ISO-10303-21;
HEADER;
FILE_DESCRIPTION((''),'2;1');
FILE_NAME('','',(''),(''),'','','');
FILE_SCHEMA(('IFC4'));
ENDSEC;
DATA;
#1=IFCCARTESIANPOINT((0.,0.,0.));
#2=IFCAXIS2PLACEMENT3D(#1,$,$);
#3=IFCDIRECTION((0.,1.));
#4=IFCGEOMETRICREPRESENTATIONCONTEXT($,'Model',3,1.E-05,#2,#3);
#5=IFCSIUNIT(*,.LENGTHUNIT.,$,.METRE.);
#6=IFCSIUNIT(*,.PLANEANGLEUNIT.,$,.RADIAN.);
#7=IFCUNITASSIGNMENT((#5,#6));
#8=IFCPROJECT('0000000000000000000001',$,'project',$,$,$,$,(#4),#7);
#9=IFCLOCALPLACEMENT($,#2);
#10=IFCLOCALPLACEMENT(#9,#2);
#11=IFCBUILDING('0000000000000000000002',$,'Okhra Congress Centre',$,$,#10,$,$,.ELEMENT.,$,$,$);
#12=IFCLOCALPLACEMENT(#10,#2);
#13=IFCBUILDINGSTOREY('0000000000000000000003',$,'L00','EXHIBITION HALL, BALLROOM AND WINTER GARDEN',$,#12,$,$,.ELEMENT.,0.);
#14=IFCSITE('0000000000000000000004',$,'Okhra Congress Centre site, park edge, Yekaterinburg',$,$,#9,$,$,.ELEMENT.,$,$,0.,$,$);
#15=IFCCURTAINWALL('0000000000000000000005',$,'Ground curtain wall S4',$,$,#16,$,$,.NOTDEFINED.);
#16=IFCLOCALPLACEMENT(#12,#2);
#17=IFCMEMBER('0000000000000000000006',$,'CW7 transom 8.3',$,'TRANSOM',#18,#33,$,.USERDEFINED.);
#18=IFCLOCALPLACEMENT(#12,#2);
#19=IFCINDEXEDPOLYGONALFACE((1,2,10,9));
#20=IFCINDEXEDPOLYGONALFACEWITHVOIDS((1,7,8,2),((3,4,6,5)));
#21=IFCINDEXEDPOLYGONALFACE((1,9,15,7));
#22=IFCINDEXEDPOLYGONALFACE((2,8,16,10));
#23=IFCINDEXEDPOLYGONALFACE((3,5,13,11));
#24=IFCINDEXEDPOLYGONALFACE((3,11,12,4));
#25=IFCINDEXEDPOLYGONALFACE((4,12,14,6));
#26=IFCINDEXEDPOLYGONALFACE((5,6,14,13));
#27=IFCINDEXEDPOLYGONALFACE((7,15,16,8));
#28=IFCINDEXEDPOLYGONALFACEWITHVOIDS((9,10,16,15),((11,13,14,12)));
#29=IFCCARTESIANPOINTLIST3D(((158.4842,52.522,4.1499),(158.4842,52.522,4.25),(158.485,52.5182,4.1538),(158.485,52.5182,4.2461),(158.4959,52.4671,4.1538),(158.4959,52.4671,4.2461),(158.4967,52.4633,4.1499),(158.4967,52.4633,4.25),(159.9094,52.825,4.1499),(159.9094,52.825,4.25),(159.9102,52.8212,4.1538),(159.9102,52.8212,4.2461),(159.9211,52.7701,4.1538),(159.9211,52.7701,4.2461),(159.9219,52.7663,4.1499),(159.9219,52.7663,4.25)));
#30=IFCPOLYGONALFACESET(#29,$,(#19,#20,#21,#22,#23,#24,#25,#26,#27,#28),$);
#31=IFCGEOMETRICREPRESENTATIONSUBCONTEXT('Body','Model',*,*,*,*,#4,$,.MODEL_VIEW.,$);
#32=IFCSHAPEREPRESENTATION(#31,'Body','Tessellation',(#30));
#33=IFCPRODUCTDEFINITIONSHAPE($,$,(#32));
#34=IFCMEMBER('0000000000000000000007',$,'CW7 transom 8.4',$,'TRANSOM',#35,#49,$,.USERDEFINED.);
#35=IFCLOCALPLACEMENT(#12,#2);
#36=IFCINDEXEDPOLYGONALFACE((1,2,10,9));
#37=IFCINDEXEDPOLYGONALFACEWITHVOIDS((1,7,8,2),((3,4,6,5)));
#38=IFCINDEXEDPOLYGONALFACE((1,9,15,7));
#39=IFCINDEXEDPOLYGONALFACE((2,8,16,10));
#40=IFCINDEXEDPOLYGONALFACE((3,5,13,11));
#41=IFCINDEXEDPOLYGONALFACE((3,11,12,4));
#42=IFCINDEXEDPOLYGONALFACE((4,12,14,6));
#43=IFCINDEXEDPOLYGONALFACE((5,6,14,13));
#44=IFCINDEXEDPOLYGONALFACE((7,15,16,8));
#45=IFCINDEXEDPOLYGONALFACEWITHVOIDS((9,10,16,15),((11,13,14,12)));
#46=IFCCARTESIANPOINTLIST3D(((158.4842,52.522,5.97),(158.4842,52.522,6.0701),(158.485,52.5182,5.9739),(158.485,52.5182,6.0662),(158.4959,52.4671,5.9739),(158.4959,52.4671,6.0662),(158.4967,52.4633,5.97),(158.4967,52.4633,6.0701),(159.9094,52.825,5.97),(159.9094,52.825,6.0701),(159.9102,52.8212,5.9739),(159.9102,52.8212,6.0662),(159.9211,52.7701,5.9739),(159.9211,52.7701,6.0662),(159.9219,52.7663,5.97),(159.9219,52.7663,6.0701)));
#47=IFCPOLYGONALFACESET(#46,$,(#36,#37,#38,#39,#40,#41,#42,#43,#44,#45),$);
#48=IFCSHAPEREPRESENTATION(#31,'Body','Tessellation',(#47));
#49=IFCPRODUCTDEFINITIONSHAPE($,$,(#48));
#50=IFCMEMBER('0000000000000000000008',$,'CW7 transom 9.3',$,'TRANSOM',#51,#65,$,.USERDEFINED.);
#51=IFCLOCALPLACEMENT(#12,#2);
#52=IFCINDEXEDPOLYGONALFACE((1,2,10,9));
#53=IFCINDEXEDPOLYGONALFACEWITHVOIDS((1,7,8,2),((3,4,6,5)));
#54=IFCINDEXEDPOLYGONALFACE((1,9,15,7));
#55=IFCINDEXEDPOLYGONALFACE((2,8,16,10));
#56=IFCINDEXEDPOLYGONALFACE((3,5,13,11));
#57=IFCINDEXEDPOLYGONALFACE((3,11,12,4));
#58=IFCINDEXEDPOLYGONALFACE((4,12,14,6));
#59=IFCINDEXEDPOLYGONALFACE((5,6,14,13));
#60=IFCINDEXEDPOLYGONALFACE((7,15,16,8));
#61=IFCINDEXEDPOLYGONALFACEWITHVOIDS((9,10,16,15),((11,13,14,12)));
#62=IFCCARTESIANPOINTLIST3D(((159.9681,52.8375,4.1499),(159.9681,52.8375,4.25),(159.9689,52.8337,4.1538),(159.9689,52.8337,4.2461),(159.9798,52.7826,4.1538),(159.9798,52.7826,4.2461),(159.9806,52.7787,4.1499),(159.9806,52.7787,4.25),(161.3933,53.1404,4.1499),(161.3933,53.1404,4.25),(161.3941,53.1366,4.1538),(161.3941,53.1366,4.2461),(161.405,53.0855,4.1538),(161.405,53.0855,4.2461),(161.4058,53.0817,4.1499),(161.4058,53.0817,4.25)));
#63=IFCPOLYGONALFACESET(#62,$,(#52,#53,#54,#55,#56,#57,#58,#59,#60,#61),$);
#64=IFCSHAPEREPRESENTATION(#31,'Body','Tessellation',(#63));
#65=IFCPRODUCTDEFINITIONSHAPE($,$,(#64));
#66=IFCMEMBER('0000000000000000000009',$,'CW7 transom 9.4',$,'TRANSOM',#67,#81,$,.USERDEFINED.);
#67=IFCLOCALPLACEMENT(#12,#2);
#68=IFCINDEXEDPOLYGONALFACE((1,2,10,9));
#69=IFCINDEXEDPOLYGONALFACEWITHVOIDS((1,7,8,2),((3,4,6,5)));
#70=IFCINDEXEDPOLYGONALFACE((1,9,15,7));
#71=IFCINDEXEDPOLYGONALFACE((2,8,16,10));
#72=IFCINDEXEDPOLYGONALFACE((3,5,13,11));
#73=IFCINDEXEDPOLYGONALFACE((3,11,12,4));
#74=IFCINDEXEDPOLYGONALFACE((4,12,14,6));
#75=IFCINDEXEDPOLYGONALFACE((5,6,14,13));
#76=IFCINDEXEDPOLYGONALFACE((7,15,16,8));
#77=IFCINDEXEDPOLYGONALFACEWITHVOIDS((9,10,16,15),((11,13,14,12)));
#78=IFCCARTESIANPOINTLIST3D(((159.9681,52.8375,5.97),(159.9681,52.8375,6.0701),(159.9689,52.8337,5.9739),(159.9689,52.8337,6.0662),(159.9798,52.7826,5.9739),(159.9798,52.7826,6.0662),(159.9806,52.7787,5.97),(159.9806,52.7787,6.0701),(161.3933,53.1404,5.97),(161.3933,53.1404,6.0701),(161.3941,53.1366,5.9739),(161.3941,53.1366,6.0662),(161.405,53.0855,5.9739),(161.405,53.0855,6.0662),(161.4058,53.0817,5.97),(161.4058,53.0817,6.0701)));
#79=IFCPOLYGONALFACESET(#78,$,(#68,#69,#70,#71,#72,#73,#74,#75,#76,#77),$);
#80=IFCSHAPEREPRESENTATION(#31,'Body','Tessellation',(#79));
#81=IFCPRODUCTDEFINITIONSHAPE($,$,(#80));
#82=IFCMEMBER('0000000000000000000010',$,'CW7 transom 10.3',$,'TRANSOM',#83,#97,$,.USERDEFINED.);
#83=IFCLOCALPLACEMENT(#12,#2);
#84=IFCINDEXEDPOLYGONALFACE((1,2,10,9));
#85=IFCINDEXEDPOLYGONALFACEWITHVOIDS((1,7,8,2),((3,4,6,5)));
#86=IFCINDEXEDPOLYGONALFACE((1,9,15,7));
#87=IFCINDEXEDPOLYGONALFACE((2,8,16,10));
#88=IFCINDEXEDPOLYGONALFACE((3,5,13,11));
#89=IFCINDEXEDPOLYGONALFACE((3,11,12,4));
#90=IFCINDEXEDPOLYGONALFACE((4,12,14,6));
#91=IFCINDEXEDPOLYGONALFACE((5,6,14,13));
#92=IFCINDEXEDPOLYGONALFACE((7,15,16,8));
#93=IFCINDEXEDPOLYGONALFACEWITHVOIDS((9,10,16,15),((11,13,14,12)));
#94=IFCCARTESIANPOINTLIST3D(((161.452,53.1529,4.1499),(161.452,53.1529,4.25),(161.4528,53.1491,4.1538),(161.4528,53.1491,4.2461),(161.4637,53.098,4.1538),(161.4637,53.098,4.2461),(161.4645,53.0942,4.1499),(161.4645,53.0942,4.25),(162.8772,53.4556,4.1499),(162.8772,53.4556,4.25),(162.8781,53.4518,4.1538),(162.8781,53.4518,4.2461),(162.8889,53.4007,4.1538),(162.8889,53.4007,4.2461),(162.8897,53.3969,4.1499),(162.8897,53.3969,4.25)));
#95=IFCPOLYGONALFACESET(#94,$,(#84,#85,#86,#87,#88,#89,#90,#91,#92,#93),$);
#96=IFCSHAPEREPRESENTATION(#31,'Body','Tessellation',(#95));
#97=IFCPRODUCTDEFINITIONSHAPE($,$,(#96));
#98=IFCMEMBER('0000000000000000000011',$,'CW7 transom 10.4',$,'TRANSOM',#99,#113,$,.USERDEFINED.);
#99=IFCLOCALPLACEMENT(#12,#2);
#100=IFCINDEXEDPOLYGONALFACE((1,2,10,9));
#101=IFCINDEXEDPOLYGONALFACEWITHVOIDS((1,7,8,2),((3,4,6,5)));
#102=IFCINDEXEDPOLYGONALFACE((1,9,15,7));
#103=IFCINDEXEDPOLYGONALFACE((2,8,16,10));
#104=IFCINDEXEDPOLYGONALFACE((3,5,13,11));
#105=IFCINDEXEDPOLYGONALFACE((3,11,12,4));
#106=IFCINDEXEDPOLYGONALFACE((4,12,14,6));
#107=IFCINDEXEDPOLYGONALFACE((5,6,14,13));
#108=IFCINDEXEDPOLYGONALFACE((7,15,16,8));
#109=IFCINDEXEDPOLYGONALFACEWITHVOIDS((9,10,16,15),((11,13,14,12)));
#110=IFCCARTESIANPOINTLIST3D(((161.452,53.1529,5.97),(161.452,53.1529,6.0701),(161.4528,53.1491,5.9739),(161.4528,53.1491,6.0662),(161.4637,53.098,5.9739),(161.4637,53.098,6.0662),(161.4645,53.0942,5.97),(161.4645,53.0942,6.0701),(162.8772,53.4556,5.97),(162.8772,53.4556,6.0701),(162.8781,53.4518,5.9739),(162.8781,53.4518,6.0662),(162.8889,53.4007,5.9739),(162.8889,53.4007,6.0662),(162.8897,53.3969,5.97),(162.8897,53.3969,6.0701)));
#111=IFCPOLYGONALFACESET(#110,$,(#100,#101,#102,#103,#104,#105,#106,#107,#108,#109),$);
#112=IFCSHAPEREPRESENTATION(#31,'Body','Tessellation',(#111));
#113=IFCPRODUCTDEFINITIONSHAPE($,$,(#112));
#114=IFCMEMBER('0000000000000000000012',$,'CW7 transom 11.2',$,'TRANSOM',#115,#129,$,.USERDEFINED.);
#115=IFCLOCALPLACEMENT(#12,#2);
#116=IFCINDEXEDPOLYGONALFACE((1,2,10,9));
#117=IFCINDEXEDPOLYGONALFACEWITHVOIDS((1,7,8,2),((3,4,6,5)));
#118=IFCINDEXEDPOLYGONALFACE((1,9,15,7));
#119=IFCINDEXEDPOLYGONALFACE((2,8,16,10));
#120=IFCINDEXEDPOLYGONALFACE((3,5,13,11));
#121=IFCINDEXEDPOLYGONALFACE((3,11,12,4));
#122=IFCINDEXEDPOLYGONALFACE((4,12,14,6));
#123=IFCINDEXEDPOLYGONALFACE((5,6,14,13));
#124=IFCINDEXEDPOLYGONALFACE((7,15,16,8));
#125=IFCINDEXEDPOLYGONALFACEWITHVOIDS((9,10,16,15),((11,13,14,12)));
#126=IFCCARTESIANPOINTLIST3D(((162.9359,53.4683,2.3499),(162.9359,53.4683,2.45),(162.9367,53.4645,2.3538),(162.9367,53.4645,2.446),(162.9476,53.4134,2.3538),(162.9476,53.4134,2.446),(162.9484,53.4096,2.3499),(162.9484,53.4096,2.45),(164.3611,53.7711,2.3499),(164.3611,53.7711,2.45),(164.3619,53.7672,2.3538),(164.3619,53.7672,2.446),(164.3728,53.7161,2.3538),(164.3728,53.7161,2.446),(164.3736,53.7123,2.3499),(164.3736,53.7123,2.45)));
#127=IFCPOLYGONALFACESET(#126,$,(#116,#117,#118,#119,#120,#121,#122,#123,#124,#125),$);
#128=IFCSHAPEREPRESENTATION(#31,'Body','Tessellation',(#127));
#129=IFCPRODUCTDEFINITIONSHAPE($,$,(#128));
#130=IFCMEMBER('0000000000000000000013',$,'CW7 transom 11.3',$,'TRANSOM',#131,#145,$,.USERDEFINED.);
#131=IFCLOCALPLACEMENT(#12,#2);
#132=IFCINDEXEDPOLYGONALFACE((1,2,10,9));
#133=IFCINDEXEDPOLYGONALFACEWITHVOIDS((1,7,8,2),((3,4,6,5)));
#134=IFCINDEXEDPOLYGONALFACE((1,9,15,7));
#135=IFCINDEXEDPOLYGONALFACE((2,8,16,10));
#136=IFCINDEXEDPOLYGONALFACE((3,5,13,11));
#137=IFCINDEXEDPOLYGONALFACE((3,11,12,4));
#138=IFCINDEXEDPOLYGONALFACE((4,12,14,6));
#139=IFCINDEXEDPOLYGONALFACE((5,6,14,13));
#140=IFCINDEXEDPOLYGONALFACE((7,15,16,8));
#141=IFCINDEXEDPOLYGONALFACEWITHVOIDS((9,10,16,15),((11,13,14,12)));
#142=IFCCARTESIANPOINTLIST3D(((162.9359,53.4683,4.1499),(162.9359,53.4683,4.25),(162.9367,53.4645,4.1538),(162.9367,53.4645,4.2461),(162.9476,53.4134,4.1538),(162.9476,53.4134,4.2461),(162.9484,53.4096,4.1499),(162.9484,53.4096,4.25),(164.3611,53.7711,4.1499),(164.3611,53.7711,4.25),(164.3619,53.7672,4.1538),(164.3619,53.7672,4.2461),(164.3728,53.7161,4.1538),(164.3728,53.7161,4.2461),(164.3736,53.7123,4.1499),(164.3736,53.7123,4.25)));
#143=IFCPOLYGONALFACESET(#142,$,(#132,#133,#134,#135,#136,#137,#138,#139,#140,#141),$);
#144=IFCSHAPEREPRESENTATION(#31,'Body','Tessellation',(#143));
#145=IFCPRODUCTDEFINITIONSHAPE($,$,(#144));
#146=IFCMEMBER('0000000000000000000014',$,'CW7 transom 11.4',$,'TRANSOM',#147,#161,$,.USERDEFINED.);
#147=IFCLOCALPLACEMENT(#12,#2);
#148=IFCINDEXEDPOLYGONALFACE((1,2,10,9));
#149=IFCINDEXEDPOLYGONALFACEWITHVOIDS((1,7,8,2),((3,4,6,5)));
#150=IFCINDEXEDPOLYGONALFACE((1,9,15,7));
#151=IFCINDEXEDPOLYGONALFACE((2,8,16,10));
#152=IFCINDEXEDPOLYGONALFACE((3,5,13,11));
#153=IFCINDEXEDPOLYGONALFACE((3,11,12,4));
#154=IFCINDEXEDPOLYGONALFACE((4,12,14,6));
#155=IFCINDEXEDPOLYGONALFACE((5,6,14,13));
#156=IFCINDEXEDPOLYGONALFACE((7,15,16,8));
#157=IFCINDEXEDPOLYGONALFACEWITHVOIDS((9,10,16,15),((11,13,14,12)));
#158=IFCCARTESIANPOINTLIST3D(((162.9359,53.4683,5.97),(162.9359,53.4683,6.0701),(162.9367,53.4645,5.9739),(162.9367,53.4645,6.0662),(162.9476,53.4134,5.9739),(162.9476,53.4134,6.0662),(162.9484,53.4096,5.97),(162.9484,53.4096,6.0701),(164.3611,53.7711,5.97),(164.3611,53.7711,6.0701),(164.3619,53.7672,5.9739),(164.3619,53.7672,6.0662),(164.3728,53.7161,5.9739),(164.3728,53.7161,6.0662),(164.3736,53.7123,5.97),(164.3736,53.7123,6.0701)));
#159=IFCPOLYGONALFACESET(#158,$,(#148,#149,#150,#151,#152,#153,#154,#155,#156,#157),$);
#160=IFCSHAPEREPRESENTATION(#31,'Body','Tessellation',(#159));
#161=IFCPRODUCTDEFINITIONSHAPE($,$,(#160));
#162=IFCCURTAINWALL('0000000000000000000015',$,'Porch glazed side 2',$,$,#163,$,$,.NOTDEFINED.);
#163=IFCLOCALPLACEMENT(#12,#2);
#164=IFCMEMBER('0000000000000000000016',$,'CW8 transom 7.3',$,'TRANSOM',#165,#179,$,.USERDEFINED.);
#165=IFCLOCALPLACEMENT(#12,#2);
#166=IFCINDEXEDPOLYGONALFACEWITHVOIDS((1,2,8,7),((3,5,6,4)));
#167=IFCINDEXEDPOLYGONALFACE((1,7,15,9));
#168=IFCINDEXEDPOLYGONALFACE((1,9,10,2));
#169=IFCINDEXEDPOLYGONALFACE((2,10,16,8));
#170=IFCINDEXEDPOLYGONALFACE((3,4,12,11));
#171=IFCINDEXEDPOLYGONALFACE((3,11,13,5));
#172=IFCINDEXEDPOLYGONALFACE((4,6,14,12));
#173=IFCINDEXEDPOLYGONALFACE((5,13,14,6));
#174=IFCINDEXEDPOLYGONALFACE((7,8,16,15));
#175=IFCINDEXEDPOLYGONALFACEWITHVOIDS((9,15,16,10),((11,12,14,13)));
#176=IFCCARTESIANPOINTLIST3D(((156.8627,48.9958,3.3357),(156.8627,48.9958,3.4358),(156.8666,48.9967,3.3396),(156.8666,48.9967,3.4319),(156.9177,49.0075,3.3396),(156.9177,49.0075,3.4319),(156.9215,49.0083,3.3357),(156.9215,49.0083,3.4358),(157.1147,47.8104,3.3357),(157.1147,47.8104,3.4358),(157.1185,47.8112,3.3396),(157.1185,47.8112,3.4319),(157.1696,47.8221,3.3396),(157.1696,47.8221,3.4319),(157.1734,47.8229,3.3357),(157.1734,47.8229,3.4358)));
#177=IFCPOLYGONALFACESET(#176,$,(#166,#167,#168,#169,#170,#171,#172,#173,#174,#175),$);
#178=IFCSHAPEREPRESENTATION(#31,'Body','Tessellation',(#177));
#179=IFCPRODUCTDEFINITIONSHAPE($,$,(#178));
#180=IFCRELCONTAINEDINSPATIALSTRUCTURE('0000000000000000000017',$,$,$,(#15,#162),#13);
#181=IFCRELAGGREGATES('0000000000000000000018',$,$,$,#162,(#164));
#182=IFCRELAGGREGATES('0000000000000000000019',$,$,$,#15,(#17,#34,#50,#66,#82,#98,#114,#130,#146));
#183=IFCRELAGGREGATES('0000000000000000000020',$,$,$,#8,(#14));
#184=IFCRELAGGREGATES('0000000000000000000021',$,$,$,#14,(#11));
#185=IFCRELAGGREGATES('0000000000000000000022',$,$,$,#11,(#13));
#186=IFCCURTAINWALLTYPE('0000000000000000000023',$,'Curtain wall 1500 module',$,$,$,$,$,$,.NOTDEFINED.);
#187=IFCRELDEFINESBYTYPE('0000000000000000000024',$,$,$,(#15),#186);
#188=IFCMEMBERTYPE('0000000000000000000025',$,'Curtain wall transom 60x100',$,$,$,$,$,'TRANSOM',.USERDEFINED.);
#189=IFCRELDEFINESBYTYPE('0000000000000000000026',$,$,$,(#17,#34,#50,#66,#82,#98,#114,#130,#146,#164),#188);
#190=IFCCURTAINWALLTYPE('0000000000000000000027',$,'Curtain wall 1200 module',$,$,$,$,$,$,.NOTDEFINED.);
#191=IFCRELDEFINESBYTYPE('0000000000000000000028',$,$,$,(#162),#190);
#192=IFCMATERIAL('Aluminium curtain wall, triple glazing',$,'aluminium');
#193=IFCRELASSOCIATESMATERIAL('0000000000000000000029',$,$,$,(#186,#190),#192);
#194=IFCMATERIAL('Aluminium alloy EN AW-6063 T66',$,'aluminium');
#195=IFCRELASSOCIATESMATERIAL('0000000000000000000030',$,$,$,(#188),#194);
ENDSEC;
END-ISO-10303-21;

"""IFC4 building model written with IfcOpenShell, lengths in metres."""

from ifc_helpers import new_model, si_unit, direction, frame, origin, origin_2d, place, context, subcontext, project, spatial, hollow_rectangle, extrude, material, material_profile, profile_set, type_object, element, aggregate, save


model = new_model("IFC4")

# Units and contexts
model_context = context("Model", 3, precision=1e-05, world=origin(), true_north=direction((0.0, 1.0)))
body_context = subcontext(model_context, "Body", "Model", "MODEL_VIEW")
ifc_project = project(units=[si_unit("LENGTHUNIT", "METRE"), si_unit("PLANEANGLEUNIT", "RADIAN")], contexts=[model_context])

# Site, building, storey
site_placement = place(None, origin())
site = spatial("IfcSite", under=ifc_project, at=site_placement, Name="Okhra Congress Centre site, park edge, Yekaterinburg", CompositionType="ELEMENT", RefElevation=0.0)
building_placement = place(site_placement, origin())
building = spatial("IfcBuilding", under=site, at=building_placement, Name="Okhra Congress Centre", CompositionType="ELEMENT")
storey_placement = place(building_placement, origin())
storey = spatial("IfcBuildingStorey", under=building, at=storey_placement, Name="L00", Description="EXHIBITION HALL, BALLROOM AND WINTER GARDEN", CompositionType="ELEMENT", Elevation=0.0)

# Curtain wall, members
ifc_material_1 = material(Name="Aluminium curtain wall, triple glazing", Category="aluminium")
curtain_wall_type_1 = type_object("IfcCurtainWallType", Name="Curtain wall 1500 module", PredefinedType="NOTDEFINED", material=ifc_material_1)
curtain_wall_1_placement = place(storey_placement, origin())
curtain_wall_1 = element("IfcCurtainWall", 1, at=curtain_wall_1_placement, inside=storey, type_object=curtain_wall_type_1, Name="Ground curtain wall S4", PredefinedType="NOTDEFINED")
ifc_material_2 = material(Name="Aluminium alloy EN AW-6063 T66", Category="aluminium")
ifc_material_profile_1 = material_profile(ifc_material_2, hollow_rectangle(XDim=0.0601, YDim=0.1001, WallThickness=0.0039, at=origin_2d()), Name="RHS 60x100x4")
ifc_profile_set_1 = profile_set([ifc_material_profile_1], Name="Aluminium alloy EN AW-6063 T66")
member_type = type_object("IfcMemberType", Name="Curtain wall transom 60x100", ElementType="TRANSOM", PredefinedType="USERDEFINED", material=ifc_profile_set_1)
member_1_placement = place(storey_placement, frame((158.4905, 52.4927, 4.2), z_axis=(0.978144, 0.207927, 0.0), x_axis=(-0.207927, 0.978144, 0.0)))
member_1 = element("IfcMember", 2, at=member_1_placement, type_object=member_type, Name="CW7 transom 8.3", ObjectType="TRANSOM", PredefinedType="USERDEFINED", context=body_context, shape_type="SweptSolid", body=[
    extrude(hollow_rectangle(XDim=0.0601, YDim=0.1001, WallThickness=0.0039, at=origin_2d()), origin(), (0.0, 0.0, 1.0), 1.457),
])
member_2_placement = place(storey_placement, frame((158.4905, 52.4927, 6.02), z_axis=(0.978144, 0.207927, 0.0), x_axis=(-0.207927, 0.978144, 0.0)))
member_2 = element("IfcMember", 3, at=member_2_placement, type_object=member_type, Name="CW7 transom 8.4", ObjectType="TRANSOM", PredefinedType="USERDEFINED", context=body_context, shape_type="SweptSolid", body=[
    extrude(hollow_rectangle(XDim=0.0601, YDim=0.1001, WallThickness=0.0039, at=origin_2d()), origin(), (0.0, 0.0, 1.0), 1.457),
])
member_3_placement = place(storey_placement, frame((159.9744, 52.8081, 4.2), z_axis=(0.978144, 0.207927, 0.0), x_axis=(-0.207927, 0.978144, 0.0)))
member_3 = element("IfcMember", 4, at=member_3_placement, type_object=member_type, Name="CW7 transom 9.3", ObjectType="TRANSOM", PredefinedType="USERDEFINED", context=body_context, shape_type="SweptSolid", body=[
    extrude(hollow_rectangle(XDim=0.0601, YDim=0.1001, WallThickness=0.0039, at=origin_2d()), origin(), (0.0, 0.0, 1.0), 1.457),
])
member_4_placement = place(storey_placement, frame((159.9744, 52.8081, 6.02), z_axis=(0.978144, 0.207927, 0.0), x_axis=(-0.207927, 0.978144, 0.0)))
member_4 = element("IfcMember", 5, at=member_4_placement, type_object=member_type, Name="CW7 transom 9.4", ObjectType="TRANSOM", PredefinedType="USERDEFINED", context=body_context, shape_type="SweptSolid", body=[
    extrude(hollow_rectangle(XDim=0.0601, YDim=0.1001, WallThickness=0.0039, at=origin_2d()), origin(), (0.0, 0.0, 1.0), 1.457),
])
member_5_placement = place(storey_placement, frame((161.4583, 53.1235, 4.2), z_axis=(0.978178, 0.207767, 0.0), x_axis=(-0.207767, 0.978178, 0.0)))
member_5 = element("IfcMember", 6, at=member_5_placement, type_object=member_type, Name="CW7 transom 10.3", ObjectType="TRANSOM", PredefinedType="USERDEFINED", context=body_context, shape_type="SweptSolid", body=[
    extrude(hollow_rectangle(XDim=0.0601, YDim=0.1001, WallThickness=0.0039, at=origin_2d()), origin(), (0.0, 0.0, 1.0), 1.457),
])
member_6_placement = place(storey_placement, frame((161.4583, 53.1235, 6.02), z_axis=(0.978178, 0.207767, 0.0), x_axis=(-0.207767, 0.978178, 0.0)))
member_6 = element("IfcMember", 7, at=member_6_placement, type_object=member_type, Name="CW7 transom 10.4", ObjectType="TRANSOM", PredefinedType="USERDEFINED", context=body_context, shape_type="SweptSolid", body=[
    extrude(hollow_rectangle(XDim=0.0601, YDim=0.1001, WallThickness=0.0039, at=origin_2d()), origin(), (0.0, 0.0, 1.0), 1.457),
])
member_7_placement = place(storey_placement, frame((162.9421, 53.439, 2.3999), z_axis=(0.978178, 0.207767, 0.0), x_axis=(-0.207767, 0.978178, 0.0)))
member_7 = element("IfcMember", 8, at=member_7_placement, type_object=member_type, Name="CW7 transom 11.2", ObjectType="TRANSOM", PredefinedType="USERDEFINED", context=body_context, shape_type="SweptSolid", body=[
    extrude(hollow_rectangle(XDim=0.0601, YDim=0.1001, WallThickness=0.0039, at=origin_2d()), origin(), (0.0, 0.0, 1.0), 1.457),
])
member_8_placement = place(storey_placement, frame((162.9421, 53.439, 4.2), z_axis=(0.978178, 0.207767, 0.0), x_axis=(-0.207767, 0.978178, 0.0)))
member_8 = element("IfcMember", 9, at=member_8_placement, type_object=member_type, Name="CW7 transom 11.3", ObjectType="TRANSOM", PredefinedType="USERDEFINED", context=body_context, shape_type="SweptSolid", body=[
    extrude(hollow_rectangle(XDim=0.0601, YDim=0.1001, WallThickness=0.0039, at=origin_2d()), origin(), (0.0, 0.0, 1.0), 1.457),
])
member_9_placement = place(storey_placement, frame((162.9421, 53.439, 6.02), z_axis=(0.978178, 0.207767, 0.0), x_axis=(-0.207767, 0.978178, 0.0)))
member_9 = element("IfcMember", 10, at=member_9_placement, type_object=member_type, Name="CW7 transom 11.4", ObjectType="TRANSOM", PredefinedType="USERDEFINED", context=body_context, shape_type="SweptSolid", body=[
    extrude(hollow_rectangle(XDim=0.0601, YDim=0.1001, WallThickness=0.0039, at=origin_2d()), origin(), (0.0, 0.0, 1.0), 1.457),
])

# Curtain wall, member
curtain_wall_type_2 = type_object("IfcCurtainWallType", Name="Curtain wall 1200 module", PredefinedType="NOTDEFINED", material=ifc_material_1)
curtain_wall_2_placement = place(storey_placement, origin())
curtain_wall_2 = element("IfcCurtainWall", 11, at=curtain_wall_2_placement, inside=storey, type_object=curtain_wall_type_2, Name="Porch glazed side 2", PredefinedType="NOTDEFINED")
member_10_placement = place(storey_placement, frame((157.144, 47.8167, 3.3857), z_axis=(-0.207878, 0.978155, 0.0), x_axis=(-0.978155, -0.207878, 0.0)))
member_10 = element("IfcMember", 12, at=member_10_placement, type_object=member_type, Name="CW8 transom 7.3", ObjectType="TRANSOM", PredefinedType="USERDEFINED", context=body_context, shape_type="SweptSolid", body=[
    extrude(hollow_rectangle(XDim=0.0601, YDim=0.1001, WallThickness=0.0039, at=origin_2d()), origin(), (0.0, 0.0, 1.0), 1.2119),
])
aggregate(curtain_wall_2, [member_10])

aggregate(curtain_wall_1, [member_1, member_2, member_3, member_4, member_5, member_6, member_7, member_8, member_9])

save(model, "model.ifc")
